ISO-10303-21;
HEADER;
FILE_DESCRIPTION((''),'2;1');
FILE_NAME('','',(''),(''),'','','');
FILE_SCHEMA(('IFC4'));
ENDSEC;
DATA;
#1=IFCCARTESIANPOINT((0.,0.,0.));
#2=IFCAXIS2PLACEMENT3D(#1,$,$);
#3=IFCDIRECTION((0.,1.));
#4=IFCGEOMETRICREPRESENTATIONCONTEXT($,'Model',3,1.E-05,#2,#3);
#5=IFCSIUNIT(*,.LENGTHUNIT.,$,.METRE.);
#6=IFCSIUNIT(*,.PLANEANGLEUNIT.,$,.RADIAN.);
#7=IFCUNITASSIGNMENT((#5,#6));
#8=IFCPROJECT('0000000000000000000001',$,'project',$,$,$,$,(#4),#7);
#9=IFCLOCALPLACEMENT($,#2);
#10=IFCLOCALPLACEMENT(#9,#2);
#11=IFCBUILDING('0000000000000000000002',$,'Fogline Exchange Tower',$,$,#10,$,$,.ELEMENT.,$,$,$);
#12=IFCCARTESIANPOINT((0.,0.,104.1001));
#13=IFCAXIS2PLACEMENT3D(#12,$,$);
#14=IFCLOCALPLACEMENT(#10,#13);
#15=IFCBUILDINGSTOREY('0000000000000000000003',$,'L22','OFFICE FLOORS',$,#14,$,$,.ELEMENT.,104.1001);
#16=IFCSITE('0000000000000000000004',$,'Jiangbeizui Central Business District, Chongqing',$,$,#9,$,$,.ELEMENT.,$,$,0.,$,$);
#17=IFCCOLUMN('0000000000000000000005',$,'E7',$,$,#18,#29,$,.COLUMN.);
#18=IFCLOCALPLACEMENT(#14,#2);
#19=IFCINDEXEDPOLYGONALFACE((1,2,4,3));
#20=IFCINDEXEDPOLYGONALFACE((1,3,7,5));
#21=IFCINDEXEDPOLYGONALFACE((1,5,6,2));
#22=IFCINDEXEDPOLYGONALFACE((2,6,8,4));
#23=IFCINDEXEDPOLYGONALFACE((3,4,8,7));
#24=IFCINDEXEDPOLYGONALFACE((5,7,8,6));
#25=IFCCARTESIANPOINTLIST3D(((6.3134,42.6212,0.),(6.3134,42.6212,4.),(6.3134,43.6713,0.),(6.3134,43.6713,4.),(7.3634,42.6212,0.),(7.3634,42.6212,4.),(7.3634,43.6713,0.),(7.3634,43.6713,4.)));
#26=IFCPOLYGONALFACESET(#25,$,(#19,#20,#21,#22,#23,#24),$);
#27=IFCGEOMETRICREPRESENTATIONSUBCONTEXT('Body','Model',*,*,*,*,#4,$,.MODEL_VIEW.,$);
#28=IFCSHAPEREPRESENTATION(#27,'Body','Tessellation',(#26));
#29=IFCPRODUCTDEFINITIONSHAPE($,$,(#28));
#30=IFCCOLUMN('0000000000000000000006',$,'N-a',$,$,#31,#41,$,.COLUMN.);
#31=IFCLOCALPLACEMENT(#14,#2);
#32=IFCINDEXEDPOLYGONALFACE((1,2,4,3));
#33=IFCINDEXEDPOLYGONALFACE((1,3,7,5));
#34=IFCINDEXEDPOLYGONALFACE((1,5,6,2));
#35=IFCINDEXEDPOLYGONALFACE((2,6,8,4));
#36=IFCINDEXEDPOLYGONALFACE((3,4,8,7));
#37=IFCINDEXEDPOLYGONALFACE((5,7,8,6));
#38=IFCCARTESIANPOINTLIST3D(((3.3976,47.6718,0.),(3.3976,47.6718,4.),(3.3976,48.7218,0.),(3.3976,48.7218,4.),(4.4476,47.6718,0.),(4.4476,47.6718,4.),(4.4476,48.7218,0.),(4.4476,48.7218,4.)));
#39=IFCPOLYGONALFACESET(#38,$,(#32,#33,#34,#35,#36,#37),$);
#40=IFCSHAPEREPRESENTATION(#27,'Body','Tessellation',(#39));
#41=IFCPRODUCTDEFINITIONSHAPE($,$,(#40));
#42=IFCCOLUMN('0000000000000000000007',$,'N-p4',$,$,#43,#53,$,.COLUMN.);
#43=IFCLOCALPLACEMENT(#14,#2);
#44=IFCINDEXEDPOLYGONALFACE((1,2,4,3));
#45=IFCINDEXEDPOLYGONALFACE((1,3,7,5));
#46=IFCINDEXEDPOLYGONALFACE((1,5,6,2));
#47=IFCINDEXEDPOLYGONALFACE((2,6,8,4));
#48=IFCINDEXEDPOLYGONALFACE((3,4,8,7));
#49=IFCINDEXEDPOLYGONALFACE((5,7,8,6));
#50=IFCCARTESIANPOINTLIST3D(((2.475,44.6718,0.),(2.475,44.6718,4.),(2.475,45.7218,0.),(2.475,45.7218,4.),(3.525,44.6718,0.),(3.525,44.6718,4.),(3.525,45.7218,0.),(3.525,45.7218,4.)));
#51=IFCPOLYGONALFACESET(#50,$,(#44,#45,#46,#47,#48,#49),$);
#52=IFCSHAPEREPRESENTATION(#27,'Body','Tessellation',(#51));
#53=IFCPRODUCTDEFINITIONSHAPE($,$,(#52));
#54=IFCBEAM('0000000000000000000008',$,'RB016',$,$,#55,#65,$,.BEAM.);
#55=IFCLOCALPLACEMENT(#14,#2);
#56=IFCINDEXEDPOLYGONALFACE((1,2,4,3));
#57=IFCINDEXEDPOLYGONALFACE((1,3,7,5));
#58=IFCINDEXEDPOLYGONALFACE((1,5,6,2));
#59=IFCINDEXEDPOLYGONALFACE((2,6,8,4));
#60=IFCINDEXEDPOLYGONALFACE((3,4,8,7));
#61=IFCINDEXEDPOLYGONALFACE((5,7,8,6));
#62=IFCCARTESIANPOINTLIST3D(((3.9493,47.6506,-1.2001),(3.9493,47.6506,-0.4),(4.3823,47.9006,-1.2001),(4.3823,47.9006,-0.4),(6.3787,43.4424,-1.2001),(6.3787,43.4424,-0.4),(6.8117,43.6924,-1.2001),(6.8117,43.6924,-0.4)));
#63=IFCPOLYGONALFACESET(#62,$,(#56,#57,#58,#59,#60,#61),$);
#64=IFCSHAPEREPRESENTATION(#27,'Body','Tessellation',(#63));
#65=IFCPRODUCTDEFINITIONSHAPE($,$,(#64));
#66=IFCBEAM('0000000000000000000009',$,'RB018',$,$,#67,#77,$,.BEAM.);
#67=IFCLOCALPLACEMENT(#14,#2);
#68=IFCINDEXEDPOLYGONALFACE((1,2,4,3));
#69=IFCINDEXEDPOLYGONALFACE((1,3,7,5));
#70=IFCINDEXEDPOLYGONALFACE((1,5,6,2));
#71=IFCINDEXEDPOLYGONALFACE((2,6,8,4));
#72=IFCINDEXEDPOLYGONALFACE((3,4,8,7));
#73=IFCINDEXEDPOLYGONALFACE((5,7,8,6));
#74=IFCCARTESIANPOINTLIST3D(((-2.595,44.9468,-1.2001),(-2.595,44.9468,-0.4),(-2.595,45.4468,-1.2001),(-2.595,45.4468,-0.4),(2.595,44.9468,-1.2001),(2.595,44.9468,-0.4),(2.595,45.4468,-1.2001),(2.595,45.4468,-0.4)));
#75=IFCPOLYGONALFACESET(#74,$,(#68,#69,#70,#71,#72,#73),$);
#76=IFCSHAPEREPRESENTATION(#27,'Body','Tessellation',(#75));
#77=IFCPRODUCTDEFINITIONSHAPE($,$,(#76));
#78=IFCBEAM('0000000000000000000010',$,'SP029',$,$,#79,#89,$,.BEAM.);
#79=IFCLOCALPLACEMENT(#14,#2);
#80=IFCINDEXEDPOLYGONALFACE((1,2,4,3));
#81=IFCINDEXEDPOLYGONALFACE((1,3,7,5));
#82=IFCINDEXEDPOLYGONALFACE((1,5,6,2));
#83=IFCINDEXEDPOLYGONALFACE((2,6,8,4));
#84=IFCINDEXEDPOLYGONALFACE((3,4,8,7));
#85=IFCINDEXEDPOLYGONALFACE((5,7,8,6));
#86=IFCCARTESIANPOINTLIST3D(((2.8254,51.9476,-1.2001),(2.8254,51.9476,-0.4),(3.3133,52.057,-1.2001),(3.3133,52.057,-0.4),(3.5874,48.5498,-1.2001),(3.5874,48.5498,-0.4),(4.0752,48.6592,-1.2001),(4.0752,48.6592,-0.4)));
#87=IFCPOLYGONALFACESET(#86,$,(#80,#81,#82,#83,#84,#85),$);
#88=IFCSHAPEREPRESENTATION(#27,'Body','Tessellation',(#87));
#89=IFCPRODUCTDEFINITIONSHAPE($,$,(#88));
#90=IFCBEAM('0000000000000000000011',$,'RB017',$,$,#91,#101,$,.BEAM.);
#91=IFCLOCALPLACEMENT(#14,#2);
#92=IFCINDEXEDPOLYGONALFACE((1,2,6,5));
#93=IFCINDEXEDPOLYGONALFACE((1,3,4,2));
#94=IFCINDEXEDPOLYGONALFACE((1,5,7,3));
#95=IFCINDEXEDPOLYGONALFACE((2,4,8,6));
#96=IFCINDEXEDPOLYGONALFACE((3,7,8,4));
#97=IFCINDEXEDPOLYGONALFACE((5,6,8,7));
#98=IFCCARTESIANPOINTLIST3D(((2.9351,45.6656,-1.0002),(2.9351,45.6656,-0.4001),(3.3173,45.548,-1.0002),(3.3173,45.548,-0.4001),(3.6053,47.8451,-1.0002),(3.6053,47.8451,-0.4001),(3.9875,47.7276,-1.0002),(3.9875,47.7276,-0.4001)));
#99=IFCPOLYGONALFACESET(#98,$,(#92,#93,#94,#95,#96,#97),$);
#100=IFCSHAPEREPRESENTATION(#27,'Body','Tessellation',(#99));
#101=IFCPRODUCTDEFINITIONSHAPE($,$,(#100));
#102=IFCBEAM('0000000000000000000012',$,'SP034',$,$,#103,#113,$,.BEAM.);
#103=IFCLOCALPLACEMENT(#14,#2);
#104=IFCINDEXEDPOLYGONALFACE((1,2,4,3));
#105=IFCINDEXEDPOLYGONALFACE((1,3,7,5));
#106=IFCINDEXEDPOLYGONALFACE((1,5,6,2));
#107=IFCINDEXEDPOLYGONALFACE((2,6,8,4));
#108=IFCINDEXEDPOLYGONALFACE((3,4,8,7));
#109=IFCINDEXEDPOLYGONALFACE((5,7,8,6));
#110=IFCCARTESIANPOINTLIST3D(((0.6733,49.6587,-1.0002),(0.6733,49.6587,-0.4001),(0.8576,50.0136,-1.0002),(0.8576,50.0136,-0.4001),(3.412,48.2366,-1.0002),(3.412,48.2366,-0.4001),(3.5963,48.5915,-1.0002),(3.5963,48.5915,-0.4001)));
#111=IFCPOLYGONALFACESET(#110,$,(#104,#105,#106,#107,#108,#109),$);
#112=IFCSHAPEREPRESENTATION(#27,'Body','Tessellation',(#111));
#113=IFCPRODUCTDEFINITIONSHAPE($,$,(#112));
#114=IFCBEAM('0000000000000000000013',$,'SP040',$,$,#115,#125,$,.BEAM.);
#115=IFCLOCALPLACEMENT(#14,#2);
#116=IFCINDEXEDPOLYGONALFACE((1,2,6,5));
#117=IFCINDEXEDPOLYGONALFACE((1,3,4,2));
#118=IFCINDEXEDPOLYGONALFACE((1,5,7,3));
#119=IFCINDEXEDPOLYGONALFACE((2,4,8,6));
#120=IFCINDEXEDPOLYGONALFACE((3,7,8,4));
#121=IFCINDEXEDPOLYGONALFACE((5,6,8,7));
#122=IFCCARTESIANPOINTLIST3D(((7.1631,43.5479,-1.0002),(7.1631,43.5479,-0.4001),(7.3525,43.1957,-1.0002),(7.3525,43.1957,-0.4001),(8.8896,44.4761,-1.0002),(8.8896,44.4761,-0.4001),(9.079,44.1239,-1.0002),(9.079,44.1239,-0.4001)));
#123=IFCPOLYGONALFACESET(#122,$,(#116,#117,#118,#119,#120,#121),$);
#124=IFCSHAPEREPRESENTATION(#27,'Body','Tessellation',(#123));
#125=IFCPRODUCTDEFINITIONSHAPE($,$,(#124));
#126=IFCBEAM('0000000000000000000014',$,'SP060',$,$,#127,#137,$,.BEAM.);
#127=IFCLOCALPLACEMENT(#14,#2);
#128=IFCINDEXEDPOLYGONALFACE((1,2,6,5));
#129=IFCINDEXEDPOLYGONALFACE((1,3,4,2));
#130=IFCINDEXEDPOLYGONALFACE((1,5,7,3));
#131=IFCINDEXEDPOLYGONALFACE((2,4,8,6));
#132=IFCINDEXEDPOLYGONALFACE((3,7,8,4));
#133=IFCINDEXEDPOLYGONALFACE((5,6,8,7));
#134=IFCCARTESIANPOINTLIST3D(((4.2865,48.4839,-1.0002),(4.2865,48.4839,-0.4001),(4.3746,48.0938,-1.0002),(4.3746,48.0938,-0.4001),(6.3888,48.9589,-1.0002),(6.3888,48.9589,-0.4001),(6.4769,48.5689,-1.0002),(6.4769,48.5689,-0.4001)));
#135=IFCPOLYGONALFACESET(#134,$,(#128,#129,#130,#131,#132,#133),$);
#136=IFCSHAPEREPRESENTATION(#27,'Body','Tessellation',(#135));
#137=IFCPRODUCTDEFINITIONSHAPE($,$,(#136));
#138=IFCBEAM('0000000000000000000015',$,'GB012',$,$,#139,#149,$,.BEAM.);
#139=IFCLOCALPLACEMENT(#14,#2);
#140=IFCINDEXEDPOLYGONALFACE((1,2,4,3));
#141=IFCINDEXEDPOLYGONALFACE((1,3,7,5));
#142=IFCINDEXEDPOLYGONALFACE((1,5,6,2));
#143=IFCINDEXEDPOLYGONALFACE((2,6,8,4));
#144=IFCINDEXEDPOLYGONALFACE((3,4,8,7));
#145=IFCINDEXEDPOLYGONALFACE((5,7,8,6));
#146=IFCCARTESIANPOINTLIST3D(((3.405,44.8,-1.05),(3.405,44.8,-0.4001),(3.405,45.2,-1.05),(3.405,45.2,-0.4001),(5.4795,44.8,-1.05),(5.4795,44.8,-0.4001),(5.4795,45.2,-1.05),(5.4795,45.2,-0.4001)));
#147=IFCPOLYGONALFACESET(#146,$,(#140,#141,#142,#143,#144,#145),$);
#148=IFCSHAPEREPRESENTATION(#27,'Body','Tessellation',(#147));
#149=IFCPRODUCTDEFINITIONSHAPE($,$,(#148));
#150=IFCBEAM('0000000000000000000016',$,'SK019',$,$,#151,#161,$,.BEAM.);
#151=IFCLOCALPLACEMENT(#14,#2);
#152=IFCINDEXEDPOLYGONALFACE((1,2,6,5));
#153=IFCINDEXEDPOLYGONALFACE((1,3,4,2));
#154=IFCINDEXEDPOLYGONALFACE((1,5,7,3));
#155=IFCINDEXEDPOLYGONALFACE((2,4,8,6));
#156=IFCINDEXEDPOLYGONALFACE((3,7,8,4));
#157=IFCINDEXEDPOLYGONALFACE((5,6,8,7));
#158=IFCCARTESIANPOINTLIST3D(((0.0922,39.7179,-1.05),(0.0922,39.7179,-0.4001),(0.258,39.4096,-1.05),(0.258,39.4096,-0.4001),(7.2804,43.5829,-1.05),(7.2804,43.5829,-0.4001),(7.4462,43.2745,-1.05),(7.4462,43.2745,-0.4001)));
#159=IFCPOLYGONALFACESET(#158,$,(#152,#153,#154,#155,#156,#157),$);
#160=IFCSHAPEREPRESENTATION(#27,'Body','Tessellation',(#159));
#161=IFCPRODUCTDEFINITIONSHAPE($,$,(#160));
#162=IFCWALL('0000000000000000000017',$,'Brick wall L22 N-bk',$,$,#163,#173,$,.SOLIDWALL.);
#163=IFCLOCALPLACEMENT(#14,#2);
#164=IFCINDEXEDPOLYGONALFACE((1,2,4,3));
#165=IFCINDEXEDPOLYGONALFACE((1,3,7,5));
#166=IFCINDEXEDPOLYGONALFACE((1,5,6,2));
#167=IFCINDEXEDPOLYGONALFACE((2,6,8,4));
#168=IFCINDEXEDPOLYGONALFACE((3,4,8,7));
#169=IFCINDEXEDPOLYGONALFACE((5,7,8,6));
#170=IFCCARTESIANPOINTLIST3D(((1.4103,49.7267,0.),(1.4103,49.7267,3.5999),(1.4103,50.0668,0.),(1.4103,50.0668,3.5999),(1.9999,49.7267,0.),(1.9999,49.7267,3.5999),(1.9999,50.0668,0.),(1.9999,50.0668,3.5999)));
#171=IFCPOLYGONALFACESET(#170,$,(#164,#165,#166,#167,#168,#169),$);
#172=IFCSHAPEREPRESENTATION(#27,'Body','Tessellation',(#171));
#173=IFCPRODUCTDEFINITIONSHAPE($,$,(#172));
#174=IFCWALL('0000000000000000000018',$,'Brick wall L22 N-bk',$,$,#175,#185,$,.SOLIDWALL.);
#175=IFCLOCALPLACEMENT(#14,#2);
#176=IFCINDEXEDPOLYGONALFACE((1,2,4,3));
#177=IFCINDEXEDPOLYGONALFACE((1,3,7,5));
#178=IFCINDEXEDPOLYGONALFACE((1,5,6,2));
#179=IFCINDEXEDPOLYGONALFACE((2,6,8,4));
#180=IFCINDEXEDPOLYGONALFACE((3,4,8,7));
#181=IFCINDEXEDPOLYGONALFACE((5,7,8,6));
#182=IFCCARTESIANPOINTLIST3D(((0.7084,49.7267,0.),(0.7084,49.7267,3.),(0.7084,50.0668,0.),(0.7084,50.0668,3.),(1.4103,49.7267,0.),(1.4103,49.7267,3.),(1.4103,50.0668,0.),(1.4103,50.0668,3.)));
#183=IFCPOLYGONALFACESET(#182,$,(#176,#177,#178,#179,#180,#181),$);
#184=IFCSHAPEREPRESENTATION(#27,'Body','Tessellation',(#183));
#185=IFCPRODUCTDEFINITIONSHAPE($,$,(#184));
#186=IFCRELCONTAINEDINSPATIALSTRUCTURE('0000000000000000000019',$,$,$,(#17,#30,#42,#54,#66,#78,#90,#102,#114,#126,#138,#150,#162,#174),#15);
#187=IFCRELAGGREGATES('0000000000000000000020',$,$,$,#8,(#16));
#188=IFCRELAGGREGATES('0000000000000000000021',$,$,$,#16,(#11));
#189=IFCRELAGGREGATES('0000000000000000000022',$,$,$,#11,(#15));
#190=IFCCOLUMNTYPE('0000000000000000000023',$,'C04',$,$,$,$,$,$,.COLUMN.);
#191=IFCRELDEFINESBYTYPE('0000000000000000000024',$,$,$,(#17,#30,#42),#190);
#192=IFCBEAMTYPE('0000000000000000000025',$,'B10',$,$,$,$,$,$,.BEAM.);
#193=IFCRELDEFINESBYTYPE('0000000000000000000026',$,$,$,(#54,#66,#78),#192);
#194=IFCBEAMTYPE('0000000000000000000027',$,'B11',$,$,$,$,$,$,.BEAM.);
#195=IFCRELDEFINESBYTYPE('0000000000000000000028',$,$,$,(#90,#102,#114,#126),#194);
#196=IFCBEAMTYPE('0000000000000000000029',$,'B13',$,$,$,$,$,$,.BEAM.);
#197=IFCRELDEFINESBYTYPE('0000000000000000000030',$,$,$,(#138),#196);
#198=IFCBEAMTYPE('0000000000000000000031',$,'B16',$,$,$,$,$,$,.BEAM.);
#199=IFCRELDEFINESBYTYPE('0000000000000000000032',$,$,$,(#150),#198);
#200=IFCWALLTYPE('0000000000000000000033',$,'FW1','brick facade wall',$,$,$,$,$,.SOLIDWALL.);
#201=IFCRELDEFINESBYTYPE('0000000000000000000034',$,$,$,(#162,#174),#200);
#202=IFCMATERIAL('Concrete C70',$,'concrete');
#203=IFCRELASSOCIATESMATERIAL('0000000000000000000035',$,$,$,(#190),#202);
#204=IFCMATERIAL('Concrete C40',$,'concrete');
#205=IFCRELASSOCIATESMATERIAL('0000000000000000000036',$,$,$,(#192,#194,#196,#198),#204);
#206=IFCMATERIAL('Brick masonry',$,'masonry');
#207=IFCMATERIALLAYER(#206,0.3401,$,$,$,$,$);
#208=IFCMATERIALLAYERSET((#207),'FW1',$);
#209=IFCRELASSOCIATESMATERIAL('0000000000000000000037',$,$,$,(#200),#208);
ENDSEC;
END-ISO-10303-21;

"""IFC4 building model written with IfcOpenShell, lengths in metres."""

from ifc_helpers import new_model, si_unit, direction, frame, frame_2d, origin, origin_2d, place, context, subcontext, project, spatial, rectangle, extrude, material, layer, layer_set, material_profile, profile_set, type_object, element, save


model = new_model("IFC4")

# Units and contexts
model_context = context("Model", 3, precision=1e-05, world=origin(), true_north=direction((0.0, 1.0)))
body_context = subcontext(model_context, "Body", "Model", "MODEL_VIEW")
ifc_project = project(units=[si_unit("LENGTHUNIT", "METRE"), si_unit("PLANEANGLEUNIT", "RADIAN")], contexts=[model_context])

# Site, building, storey
site_placement = place(None, origin())
site = spatial("IfcSite", under=ifc_project, at=site_placement, Name="Jiangbeizui Central Business District, Chongqing", CompositionType="ELEMENT", RefElevation=0.0)
building_placement = place(site_placement, origin())
building = spatial("IfcBuilding", under=site, at=building_placement, Name="Fogline Exchange Tower", CompositionType="ELEMENT")
storey_placement = place(building_placement, frame((0.0, 0.0, 104.1001)))
storey = spatial("IfcBuildingStorey", under=building, at=storey_placement, Name="L22", Description="OFFICE FLOORS", CompositionType="ELEMENT", Elevation=104.1001)

# Columns
ifc_material_1 = material(Name="Concrete C70", Category="concrete")
ifc_material_profile_1 = material_profile(ifc_material_1, rectangle(XDim=1.05, YDim=1.05, at=origin_2d()), Name="RC 1050x1050")
ifc_profile_set_1 = profile_set([ifc_material_profile_1], Name="Concrete C70")
column_type = type_object("IfcColumnType", Name="C04", PredefinedType="COLUMN", material=ifc_profile_set_1)
for number, where, z_axis, x_axis, name in (
    (1, (6.8384, 43.1462, 0.0), (0.0, 0.0, 1.0), (1.0, 0.0, 0.0), "E7"),
    (2, (3.9226, 48.1968, 0.0), (0.0, 0.0, 1.0), (1.0, 0.0, 0.0), "N-a"),
    (3, (3.0, 45.1968, 0.0), (0.0, 0.0, 1.0), (1.0, 0.0, 0.0), "N-p4"),
):
    element("IfcColumn", number, at=place(storey_placement, frame(where, z_axis=z_axis, x_axis=x_axis)), inside=storey, type_object=column_type, Name=name, PredefinedType="COLUMN", context=body_context, shape_type="SweptSolid", body=[
        extrude(rectangle(XDim=1.05, YDim=1.05, at=origin_2d()), origin(), (0.0, 0.0, 1.0), 4.0),
    ])

# Beams
ifc_material_2 = material(Name="Concrete C40", Category="concrete")
ifc_material_profile_2 = material_profile(ifc_material_2, rectangle(XDim=0.5, YDim=0.8, at=origin_2d()), Name="RC 500x800")
ifc_profile_set_2 = profile_set([ifc_material_profile_2], Name="Concrete C40")
beam_type_1 = type_object("IfcBeamType", Name="B10", PredefinedType="BEAM", material=ifc_profile_set_2)
beam_1_placement = place(storey_placement, frame((6.5952, 43.5674, -0.8), z_axis=(-0.49997, 0.866043, 0.0), x_axis=(-0.866043, -0.49997, 0.0)))
element("IfcBeam", 4, at=beam_1_placement, inside=storey, type_object=beam_type_1, Name="RB016", PredefinedType="BEAM", context=body_context, shape_type="SweptSolid", body=[
    extrude(rectangle(XDim=0.5, YDim=0.8, at=origin_2d()), origin(), (0.0, 0.0, 1.0), 4.8591),
])
beam_2_placement = place(storey_placement, frame((2.595, 45.1968, -0.8), z_axis=(-1.0, 0.0, 0.0), x_axis=(0.0, -1.0, 0.0)))
element("IfcBeam", 5, at=beam_2_placement, inside=storey, type_object=beam_type_1, Name="RB018", PredefinedType="BEAM", context=body_context, shape_type="SweptSolid", body=[
    extrude(rectangle(XDim=0.5, YDim=0.8, at=origin_2d()), origin(), (0.0, 0.0, 1.0), 5.1899),
])
beam_3_placement = place(storey_placement, frame((3.8313, 48.6045, -0.8), z_axis=(-0.218823, 0.975765, 0.0), x_axis=(-0.975765, -0.218823, 0.0)))
element("IfcBeam", 6, at=beam_3_placement, inside=storey, type_object=beam_type_1, Name="SP029", PredefinedType="BEAM", context=body_context, shape_type="SweptSolid", body=[
    extrude(rectangle(XDim=0.5, YDim=0.8, at=origin_2d()), origin(), (0.0, 0.0, 1.0), 3.4822),
])
ifc_material_profile_3 = material_profile(ifc_material_2, rectangle(XDim=0.3999, YDim=0.6001, at=origin_2d()), Name="RC 400x600")
ifc_profile_set_3 = profile_set([ifc_material_profile_3], Name="Concrete C40")
beam_type_2 = type_object("IfcBeamType", Name="B11", PredefinedType="BEAM", material=ifc_profile_set_3)
beam_4_placement = place(storey_placement, frame((3.7964, 47.7864, -0.7002), z_axis=(-0.293913, -0.955832, 0.0), x_axis=(0.955832, -0.293913, 0.0)))
element("IfcBeam", 7, at=beam_4_placement, inside=storey, type_object=beam_type_2, Name="RB017", PredefinedType="BEAM", context=body_context, shape_type="SweptSolid", body=[
    extrude(rectangle(XDim=0.3999, YDim=0.6001, at=origin_2d()), origin(), (0.0, 0.0, 1.0), 2.2803),
])
beam_5_placement = place(storey_placement, frame((3.5042, 48.4141, -0.7002), z_axis=(-0.887487, 0.460832, 0.0), x_axis=(-0.460832, -0.887487, 0.0)))
element("IfcBeam", 8, at=beam_5_placement, inside=storey, type_object=beam_type_2, Name="SP034", PredefinedType="BEAM", context=body_context, shape_type="SweptSolid", body=[
    extrude(rectangle(XDim=0.3999, YDim=0.6001, at=origin_2d()), origin(), (0.0, 0.0, 1.0), 3.0859),
])
beam_6_placement = place(storey_placement, frame((7.2578, 43.3718, -0.7002), z_axis=(0.880783, 0.47352, 0.0), x_axis=(-0.47352, 0.880783, 0.0)))
element("IfcBeam", 9, at=beam_6_placement, inside=storey, type_object=beam_type_2, Name="SP040", PredefinedType="BEAM", context=body_context, shape_type="SweptSolid", body=[
    extrude(rectangle(XDim=0.3999, YDim=0.6001, at=origin_2d()), origin(), (0.0, 0.0, 1.0), 1.9602),
])
beam_7_placement = place(storey_placement, frame((4.3306, 48.2888, -0.7002), z_axis=(0.975403, 0.220431, 0.0), x_axis=(-0.220431, 0.975403, 0.0)))
element("IfcBeam", 10, at=beam_7_placement, inside=storey, type_object=beam_type_2, Name="SP060", PredefinedType="BEAM", context=body_context, shape_type="SweptSolid", body=[
    extrude(rectangle(XDim=0.3999, YDim=0.6001, at=origin_2d()), origin(), (0.0, 0.0, 1.0), 2.1553),
])
ifc_material_profile_4 = material_profile(ifc_material_2, rectangle(XDim=0.3999, YDim=0.6499, at=origin_2d()), Name="RC 400x650")
ifc_profile_set_4 = profile_set([ifc_material_profile_4], Name="Concrete C40")
beam_type_3 = type_object("IfcBeamType", Name="B13", PredefinedType="BEAM", material=ifc_profile_set_4)
beam_8_placement = place(storey_placement, frame((3.405, 45.0, -0.7251), z_axis=(1.0, 0.0, 0.0), x_axis=(0.0, 1.0, 0.0)))
element("IfcBeam", 11, at=beam_8_placement, inside=storey, type_object=beam_type_3, Name="GB012", PredefinedType="BEAM", context=body_context, shape_type="SweptSolid", body=[
    extrude(rectangle(XDim=0.3999, YDim=0.6499, at=origin_2d()), origin(), (0.0, 0.0, 1.0), 2.0745),
])
ifc_material_profile_5 = material_profile(ifc_material_2, rectangle(XDim=0.3501, YDim=0.6499, at=origin_2d()), Name="RC 350x650")
ifc_profile_set_5 = profile_set([ifc_material_profile_5], Name="Concrete C40")
beam_type_4 = type_object("IfcBeamType", Name="B16", PredefinedType="BEAM", material=ifc_profile_set_5)
beam_9_placement = place(storey_placement, frame((7.3633, 43.4287, -0.7251), z_axis=(-0.880757, -0.473568, 0.0), x_axis=(0.473568, -0.880757, 0.0)))
element("IfcBeam", 12, at=beam_9_placement, inside=storey, type_object=beam_type_4, Name="SK019", PredefinedType="BEAM", context=body_context, shape_type="SweptSolid", body=[
    extrude(rectangle(XDim=0.3501, YDim=0.6499, at=origin_2d()), origin(), (0.0, 0.0, 1.0), 8.1614),
])

# Walls
ifc_material_3 = material(Name="Brick masonry", Category="masonry")
ifc_layer_1 = layer(ifc_material_3, 0.3401)
ifc_layer_set_1 = layer_set([ifc_layer_1], Name="FW1")
wall_type_1 = type_object("IfcWallType", Name="FW1", Description="brick facade wall", PredefinedType="SOLIDWALL", material=ifc_layer_set_1)
wall_1_placement = place(storey_placement, frame((2.0, 49.8967, 0.0), z_axis=(0.0, 0.0, 1.0), x_axis=(-1.0, 0.0, 0.0)))
element("IfcWall", 13, at=wall_1_placement, inside=storey, type_object=wall_type_1, Name="Brick wall L22 N-bk", PredefinedType="SOLIDWALL", context=body_context, shape_type="SweptSolid", body=[
    extrude(rectangle(XDim=0.5896, YDim=0.3401, at=frame_2d((0.2949, 0.0))), origin(), (0.0, 0.0, 1.0), 3.5999),
])
wall_2_placement = place(storey_placement, frame((1.4104, 49.8967, 0.0), z_axis=(0.0, 0.0, 1.0), x_axis=(-1.0, 0.0, 0.0)))
element("IfcWall", 14, at=wall_2_placement, inside=storey, type_object=wall_type_1, Name="Brick wall L22 N-bk", PredefinedType="SOLIDWALL", context=body_context, shape_type="SweptSolid", body=[
    extrude(rectangle(XDim=0.7019, YDim=0.3401, at=frame_2d((0.3511, 0.0))), origin(), (0.0, 0.0, 1.0), 3.0),
])

save(model, "model.ifc")
